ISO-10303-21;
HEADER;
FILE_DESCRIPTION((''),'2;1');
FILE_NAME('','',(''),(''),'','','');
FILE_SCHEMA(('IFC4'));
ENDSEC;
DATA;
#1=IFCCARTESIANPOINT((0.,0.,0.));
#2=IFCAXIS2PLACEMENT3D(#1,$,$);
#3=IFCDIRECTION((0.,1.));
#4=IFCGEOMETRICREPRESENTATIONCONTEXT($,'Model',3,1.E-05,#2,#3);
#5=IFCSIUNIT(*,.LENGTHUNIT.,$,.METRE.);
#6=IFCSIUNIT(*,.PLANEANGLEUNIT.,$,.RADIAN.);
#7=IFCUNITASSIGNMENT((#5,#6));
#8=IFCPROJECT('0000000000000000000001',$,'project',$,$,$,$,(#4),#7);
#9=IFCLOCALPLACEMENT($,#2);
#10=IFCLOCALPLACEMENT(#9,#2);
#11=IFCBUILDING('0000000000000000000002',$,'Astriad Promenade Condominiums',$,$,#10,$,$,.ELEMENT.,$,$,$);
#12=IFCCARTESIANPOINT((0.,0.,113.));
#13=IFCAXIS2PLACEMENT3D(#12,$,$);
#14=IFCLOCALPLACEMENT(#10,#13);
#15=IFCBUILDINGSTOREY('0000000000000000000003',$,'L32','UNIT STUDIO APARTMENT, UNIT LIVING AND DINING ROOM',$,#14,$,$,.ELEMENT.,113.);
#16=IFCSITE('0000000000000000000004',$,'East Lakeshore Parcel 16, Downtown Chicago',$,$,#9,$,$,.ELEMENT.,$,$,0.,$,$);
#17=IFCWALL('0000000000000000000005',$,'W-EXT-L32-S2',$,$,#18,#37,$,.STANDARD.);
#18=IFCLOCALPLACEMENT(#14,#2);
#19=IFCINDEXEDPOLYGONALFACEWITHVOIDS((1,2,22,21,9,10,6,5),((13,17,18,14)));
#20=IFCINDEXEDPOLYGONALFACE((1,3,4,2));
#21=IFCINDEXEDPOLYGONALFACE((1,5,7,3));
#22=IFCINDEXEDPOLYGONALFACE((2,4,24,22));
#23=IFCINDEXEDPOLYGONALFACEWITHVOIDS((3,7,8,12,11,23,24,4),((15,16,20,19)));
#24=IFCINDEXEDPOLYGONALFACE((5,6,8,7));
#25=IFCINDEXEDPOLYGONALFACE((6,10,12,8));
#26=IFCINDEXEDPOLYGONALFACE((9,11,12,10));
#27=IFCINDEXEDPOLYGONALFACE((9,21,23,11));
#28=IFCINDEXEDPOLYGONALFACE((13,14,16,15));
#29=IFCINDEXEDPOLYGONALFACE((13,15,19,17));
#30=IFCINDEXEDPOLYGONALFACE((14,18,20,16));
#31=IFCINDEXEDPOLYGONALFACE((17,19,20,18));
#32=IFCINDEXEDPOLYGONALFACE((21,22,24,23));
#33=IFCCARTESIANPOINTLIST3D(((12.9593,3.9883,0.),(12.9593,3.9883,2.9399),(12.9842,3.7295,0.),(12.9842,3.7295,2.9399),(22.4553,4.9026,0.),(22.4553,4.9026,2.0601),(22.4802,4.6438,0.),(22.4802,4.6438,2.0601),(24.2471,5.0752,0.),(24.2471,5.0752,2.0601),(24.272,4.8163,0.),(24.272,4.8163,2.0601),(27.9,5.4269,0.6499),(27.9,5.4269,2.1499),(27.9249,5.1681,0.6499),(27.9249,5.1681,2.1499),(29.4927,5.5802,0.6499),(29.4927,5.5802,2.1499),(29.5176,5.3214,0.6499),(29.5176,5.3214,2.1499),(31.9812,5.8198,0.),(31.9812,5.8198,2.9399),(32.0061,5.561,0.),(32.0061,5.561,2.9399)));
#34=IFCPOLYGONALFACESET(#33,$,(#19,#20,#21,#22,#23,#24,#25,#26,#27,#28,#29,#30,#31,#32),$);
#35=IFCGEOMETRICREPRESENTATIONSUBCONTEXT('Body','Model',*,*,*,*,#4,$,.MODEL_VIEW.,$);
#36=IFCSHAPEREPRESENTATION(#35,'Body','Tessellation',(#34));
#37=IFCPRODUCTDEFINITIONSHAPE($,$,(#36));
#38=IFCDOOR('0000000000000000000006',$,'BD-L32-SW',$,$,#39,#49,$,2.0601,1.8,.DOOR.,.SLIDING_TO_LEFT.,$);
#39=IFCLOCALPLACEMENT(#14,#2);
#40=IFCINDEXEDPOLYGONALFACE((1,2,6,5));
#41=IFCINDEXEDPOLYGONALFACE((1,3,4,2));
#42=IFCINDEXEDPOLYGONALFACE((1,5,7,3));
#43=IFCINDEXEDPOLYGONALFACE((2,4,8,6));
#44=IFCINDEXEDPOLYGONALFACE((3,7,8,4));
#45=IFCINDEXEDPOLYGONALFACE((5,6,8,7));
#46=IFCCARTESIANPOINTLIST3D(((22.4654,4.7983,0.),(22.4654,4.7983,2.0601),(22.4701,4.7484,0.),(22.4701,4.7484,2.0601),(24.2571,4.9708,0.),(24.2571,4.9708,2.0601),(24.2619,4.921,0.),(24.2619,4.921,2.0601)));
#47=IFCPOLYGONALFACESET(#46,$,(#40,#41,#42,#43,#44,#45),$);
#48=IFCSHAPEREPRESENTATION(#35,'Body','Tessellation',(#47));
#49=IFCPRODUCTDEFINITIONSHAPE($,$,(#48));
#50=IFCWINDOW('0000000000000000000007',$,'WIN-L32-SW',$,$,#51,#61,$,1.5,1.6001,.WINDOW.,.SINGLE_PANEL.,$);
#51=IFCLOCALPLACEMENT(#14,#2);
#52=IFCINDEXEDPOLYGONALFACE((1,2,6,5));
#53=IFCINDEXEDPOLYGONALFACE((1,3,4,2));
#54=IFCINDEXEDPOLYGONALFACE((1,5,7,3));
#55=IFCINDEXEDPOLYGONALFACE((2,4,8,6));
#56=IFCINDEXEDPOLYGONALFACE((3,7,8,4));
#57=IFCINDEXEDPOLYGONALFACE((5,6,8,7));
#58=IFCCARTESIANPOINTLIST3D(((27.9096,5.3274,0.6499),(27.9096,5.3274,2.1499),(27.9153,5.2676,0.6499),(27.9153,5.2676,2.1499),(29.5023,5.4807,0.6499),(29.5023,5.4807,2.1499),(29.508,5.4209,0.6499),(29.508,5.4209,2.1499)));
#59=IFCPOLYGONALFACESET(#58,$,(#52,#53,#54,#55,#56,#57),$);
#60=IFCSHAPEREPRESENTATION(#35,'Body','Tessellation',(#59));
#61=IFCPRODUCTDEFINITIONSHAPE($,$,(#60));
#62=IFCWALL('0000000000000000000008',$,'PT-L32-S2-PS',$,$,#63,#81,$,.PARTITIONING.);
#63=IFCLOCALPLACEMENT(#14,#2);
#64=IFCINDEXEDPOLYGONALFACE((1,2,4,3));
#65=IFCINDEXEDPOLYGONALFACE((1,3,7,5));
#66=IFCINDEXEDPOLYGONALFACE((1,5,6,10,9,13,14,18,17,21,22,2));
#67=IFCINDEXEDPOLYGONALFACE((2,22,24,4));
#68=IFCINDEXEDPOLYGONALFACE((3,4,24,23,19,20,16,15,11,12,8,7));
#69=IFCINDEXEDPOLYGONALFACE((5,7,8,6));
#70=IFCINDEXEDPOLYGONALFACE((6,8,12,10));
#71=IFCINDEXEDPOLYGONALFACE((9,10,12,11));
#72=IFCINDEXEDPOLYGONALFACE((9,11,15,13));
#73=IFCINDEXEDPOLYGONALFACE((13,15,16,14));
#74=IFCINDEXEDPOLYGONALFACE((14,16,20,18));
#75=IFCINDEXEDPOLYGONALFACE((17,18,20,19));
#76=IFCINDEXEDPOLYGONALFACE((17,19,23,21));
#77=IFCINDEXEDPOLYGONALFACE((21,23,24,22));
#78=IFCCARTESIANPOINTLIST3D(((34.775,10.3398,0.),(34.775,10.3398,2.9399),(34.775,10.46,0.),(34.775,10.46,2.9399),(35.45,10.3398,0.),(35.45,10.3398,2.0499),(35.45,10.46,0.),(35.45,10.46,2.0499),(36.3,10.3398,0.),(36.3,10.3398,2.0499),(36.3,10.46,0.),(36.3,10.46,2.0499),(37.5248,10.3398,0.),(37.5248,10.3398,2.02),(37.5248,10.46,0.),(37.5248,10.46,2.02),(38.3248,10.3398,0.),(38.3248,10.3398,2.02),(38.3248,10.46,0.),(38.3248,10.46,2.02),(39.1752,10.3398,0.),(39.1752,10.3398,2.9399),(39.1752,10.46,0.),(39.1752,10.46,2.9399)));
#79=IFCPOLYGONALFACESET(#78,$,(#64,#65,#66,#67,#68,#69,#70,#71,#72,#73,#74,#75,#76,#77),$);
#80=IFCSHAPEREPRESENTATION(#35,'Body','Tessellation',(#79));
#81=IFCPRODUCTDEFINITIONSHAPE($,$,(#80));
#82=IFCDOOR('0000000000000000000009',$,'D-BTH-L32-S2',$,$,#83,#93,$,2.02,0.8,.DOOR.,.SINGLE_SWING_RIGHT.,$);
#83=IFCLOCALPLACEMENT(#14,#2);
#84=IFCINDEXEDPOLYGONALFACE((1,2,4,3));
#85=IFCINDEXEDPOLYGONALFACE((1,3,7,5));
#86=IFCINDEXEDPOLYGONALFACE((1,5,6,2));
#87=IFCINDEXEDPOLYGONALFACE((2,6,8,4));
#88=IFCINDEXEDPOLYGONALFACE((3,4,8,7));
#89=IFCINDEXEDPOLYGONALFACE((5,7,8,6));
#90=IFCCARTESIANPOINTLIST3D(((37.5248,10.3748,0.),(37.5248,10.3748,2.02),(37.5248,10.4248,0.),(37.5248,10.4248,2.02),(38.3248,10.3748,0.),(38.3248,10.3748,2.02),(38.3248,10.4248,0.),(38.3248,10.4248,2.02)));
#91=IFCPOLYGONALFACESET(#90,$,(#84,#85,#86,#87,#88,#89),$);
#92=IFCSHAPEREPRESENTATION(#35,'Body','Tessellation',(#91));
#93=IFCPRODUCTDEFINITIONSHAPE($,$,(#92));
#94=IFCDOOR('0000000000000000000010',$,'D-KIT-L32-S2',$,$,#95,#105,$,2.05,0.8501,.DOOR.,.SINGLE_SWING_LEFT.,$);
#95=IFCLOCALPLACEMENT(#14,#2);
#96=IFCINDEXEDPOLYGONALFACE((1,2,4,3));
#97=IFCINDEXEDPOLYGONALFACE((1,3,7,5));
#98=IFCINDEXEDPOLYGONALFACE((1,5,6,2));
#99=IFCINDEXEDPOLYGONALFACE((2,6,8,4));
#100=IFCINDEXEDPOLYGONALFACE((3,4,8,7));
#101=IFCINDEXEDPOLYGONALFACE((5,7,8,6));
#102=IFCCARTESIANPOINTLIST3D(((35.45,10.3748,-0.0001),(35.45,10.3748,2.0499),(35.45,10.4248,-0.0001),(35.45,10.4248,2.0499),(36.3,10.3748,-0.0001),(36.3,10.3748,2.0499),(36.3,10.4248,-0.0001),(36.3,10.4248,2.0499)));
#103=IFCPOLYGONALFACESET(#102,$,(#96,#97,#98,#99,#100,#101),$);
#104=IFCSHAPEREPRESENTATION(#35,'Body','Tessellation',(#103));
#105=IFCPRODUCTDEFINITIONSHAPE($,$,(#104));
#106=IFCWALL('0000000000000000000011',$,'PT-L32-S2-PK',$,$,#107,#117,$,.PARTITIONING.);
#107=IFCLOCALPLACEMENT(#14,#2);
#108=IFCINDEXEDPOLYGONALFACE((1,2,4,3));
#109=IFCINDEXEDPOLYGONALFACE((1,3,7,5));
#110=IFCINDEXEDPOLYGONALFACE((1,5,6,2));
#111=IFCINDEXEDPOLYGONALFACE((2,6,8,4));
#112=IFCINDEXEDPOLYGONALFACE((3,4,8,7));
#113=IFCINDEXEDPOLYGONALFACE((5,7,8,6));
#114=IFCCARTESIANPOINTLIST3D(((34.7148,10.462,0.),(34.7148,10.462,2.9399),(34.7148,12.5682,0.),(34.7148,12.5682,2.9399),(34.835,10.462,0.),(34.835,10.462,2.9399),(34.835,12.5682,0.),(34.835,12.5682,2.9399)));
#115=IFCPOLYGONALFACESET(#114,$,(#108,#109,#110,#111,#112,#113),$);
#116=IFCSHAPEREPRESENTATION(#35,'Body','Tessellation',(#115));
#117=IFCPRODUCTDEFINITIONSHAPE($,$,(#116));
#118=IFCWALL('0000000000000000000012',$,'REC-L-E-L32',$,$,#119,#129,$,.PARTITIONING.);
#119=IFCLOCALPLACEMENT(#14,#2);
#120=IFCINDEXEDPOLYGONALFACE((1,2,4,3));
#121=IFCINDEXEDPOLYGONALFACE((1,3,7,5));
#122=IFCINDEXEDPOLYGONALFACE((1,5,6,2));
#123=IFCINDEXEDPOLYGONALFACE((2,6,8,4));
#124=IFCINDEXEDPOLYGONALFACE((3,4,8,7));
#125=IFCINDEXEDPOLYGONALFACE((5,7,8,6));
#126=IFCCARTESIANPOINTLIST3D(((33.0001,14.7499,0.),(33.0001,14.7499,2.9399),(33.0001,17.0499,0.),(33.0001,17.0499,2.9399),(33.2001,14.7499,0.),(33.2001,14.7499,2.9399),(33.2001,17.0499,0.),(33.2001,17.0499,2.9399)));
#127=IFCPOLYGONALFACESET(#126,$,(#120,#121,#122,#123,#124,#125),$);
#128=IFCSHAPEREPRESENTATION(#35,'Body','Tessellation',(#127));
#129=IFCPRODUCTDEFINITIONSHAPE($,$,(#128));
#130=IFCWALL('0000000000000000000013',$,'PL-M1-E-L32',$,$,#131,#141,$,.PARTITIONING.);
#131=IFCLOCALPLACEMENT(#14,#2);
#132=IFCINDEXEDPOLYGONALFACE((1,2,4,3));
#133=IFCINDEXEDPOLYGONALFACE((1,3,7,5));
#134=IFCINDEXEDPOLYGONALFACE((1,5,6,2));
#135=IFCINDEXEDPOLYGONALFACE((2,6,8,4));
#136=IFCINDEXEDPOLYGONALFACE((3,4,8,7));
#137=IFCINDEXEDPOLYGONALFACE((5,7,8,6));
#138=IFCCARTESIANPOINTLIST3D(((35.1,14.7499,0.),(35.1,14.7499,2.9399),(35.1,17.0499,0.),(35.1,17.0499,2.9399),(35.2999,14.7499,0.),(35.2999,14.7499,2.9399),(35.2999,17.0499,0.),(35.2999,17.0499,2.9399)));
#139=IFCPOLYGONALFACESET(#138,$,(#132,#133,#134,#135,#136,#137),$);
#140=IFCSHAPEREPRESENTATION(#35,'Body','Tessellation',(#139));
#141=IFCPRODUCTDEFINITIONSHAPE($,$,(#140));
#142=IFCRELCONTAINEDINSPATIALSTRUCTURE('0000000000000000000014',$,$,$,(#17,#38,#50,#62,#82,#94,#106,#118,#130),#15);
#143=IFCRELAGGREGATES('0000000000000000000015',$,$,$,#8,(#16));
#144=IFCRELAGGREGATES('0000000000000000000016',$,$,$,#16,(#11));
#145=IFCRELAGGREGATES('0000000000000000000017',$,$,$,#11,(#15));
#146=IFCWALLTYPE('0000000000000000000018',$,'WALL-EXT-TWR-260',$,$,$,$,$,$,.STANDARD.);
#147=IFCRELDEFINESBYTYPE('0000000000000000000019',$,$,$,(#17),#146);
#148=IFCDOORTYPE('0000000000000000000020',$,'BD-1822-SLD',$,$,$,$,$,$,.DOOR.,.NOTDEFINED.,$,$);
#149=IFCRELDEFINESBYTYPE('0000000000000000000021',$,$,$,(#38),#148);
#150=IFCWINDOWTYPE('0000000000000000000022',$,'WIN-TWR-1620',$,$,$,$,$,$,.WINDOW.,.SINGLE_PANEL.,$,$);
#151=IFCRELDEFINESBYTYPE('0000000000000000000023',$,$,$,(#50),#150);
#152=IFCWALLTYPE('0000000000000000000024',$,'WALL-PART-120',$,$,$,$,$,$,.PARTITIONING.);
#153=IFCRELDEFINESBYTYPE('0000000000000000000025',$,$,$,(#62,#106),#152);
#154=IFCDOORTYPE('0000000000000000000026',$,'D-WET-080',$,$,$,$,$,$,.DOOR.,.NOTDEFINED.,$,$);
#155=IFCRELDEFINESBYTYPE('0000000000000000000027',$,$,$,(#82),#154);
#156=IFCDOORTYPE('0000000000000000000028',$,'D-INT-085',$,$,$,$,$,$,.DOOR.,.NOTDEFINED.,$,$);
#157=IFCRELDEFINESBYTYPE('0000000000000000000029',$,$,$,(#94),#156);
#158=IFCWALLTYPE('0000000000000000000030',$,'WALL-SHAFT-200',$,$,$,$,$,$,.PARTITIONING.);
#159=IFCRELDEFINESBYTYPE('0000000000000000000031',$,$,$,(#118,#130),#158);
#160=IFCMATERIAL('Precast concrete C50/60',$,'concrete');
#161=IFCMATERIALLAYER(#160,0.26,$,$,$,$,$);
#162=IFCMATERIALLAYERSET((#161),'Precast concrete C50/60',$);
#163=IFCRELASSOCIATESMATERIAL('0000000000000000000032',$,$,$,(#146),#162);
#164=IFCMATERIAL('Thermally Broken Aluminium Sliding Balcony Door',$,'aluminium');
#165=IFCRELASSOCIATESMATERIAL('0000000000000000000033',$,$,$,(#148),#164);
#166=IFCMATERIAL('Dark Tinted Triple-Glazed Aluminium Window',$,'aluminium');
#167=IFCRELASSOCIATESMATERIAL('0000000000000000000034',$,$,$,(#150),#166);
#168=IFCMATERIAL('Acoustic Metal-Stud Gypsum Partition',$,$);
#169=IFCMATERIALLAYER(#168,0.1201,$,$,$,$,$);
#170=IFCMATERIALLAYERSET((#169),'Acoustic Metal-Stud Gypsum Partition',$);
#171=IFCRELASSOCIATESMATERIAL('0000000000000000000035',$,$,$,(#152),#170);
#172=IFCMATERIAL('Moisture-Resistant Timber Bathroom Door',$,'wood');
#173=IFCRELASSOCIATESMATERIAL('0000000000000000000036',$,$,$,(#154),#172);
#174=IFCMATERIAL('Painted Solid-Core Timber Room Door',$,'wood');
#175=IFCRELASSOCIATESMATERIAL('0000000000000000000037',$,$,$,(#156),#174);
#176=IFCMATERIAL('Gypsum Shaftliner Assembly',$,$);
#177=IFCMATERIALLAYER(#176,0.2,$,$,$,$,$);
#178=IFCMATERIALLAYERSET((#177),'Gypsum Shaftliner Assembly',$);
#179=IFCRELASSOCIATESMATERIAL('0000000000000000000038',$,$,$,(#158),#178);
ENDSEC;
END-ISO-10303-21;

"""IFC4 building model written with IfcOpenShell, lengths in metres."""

from ifc_helpers import new_model, si_unit, direction, frame, frame_2d, origin, place, context, subcontext, project, spatial, rectangle, extrude, source, transform, mapped, material, layer, layer_set, type_object, type_shapes, element, fill, save


model = new_model("IFC4")

# Units and contexts
model_context = context("Model", 3, precision=1e-05, world=origin(), true_north=direction((0.0, 1.0)))
body_context = subcontext(model_context, "Body", "Model", "MODEL_VIEW")
ifc_project = project(units=[si_unit("LENGTHUNIT", "METRE"), si_unit("PLANEANGLEUNIT", "RADIAN")], contexts=[model_context])

# Site, building, storey
site_placement = place(None, origin())
site = spatial("IfcSite", under=ifc_project, at=site_placement, Name="East Lakeshore Parcel 16, Downtown Chicago", CompositionType="ELEMENT", RefElevation=0.0)
building_placement = place(site_placement, origin())
building = spatial("IfcBuilding", under=site, at=building_placement, Name="Astriad Promenade Condominiums", CompositionType="ELEMENT")
storey_placement = place(building_placement, frame((0.0, 0.0, 113.0)))
storey = spatial("IfcBuildingStorey", under=building, at=storey_placement, Name="L32", Description="UNIT STUDIO APARTMENT, UNIT LIVING AND DINING ROOM", CompositionType="ELEMENT", Elevation=113.0)

# Wall, openings, door, window
ifc_material_1 = material(Name="Precast concrete C50/60", Category="concrete")
ifc_layer_1 = layer(ifc_material_1, 0.26)
ifc_layer_set_1 = layer_set([ifc_layer_1], Name="Precast concrete C50/60")
wall_type_1 = type_object("IfcWallType", Name="WALL-EXT-TWR-260", PredefinedType="STANDARD", material=ifc_layer_set_1)
wall_1_placement = place(storey_placement, frame((31.9937, 5.6904, 0.0), z_axis=(0.0, 0.0, 1.0), x_axis=(-0.995397, -0.095842, 0.0)))
wall_1 = element("IfcWall", 1, at=wall_1_placement, inside=storey, type_object=wall_type_1, Name="W-EXT-L32-S2", PredefinedType="STANDARD", context=body_context, shape_type="SweptSolid", body=[
    extrude(rectangle(XDim=19.1099, YDim=0.26, at=frame_2d((9.5549, 0.0))), origin(), (0.0, 0.0, 1.0), 2.9399),
])
opening_1_placement = place(wall_1_placement, frame((7.77, 0.0, 0.0)))
opening_1 = element("IfcOpeningElement", 2, at=opening_1_placement, cuts=wall_1, PredefinedType="OPENING", context=body_context, shape_type="SweptSolid", body=[
    extrude(rectangle(XDim=1.8, YDim=2.0601, at=frame_2d((0.8999, 1.03))), frame((0.0, 0.1399, 0.0), z_axis=(0.0, -1.0, 0.0), x_axis=(1.0, 0.0, 0.0)), (0.0, 0.0, 1.0), 0.28),
])
opening_2_placement = place(wall_1_placement, frame((2.5, 0.0, 0.6499)))
opening_2 = element("IfcOpeningElement", 3, at=opening_2_placement, cuts=wall_1, PredefinedType="OPENING", context=body_context, shape_type="SweptSolid", body=[
    extrude(rectangle(XDim=1.6001, YDim=1.5, at=frame_2d((0.8, 0.75))), frame((0.0, 0.1399, 0.0), z_axis=(0.0, -1.0, 0.0), x_axis=(1.0, 0.0, 0.0)), (0.0, 0.0, 1.0), 0.28),
])
ifc_material_2 = material(Name="Thermally Broken Aluminium Sliding Balcony Door", Category="aluminium")
door_type_1 = type_object("IfcDoorType", Name="BD-1822-SLD", OperationType="NOTDEFINED", PredefinedType="DOOR", material=ifc_material_2)
shared_shape_1 = source(origin(), body_context, "Body", "SweptSolid", [
    extrude(rectangle(XDim=1.8, YDim=2.0601, at=frame_2d((0.8999, 1.03))), frame((0.0, 0.0249, 0.0), z_axis=(0.0, -1.0, 0.0), x_axis=(1.0, 0.0, 0.0)), (0.0, 0.0, 1.0), 0.05),
])
type_shapes(door_type_1, [shared_shape_1])
door_1_placement = place(opening_1_placement, origin())
door_1 = element("IfcDoor", 4, at=door_1_placement, inside=storey, type_object=door_type_1, Name="BD-L32-SW", OperationType="SLIDING_TO_LEFT", OverallHeight=2.0601, OverallWidth=1.8, PredefinedType="DOOR", context=body_context, shape_type="MappedRepresentation", body=[
    mapped(shared_shape_1, transform((0.0, 0.0, 0.0), scale=1.0)),
])
fill(opening_1, door_1)
ifc_material_3 = material(Name="Dark Tinted Triple-Glazed Aluminium Window", Category="aluminium")
window_type = type_object("IfcWindowType", Name="WIN-TWR-1620", PartitioningType="SINGLE_PANEL", PredefinedType="WINDOW", material=ifc_material_3)
shared_shape_2 = source(origin(), body_context, "Body", "SweptSolid", [
    extrude(rectangle(XDim=1.6001, YDim=1.5, at=frame_2d((0.8, 0.75))), frame((0.0, 0.03, 0.0), z_axis=(0.0, -1.0, 0.0), x_axis=(1.0, 0.0, 0.0)), (0.0, 0.0, 1.0), 0.0601),
])
type_shapes(window_type, [shared_shape_2])
window_placement = place(opening_2_placement, origin())
window = element("IfcWindow", 5, at=window_placement, inside=storey, type_object=window_type, Name="WIN-L32-SW", OverallHeight=1.5, OverallWidth=1.6001, PartitioningType="SINGLE_PANEL", PredefinedType="WINDOW", context=body_context, shape_type="MappedRepresentation", body=[
    mapped(shared_shape_2, transform((0.0, 0.0, 0.0), scale=1.0)),
])
fill(opening_2, window)

# Wall, openings, doors
ifc_material_4 = material(Name="Acoustic Metal-Stud Gypsum Partition")
ifc_layer_2 = layer(ifc_material_4, 0.1201)
ifc_layer_set_2 = layer_set([ifc_layer_2], Name="Acoustic Metal-Stud Gypsum Partition")
wall_type_2 = type_object("IfcWallType", Name="WALL-PART-120", PredefinedType="PARTITIONING", material=ifc_layer_set_2)
wall_2_placement = place(storey_placement, frame((34.7749, 10.3999, 0.0), z_axis=(0.0, 0.0, 1.0), x_axis=(1.0, 0.0, 0.0)))
wall_2 = element("IfcWall", 6, at=wall_2_placement, inside=storey, type_object=wall_type_2, Name="PT-L32-S2-PS", PredefinedType="PARTITIONING", context=body_context, shape_type="SweptSolid", body=[
    extrude(rectangle(XDim=4.4001, YDim=0.1201, at=frame_2d((2.2002, 0.0))), origin(), (0.0, 0.0, 1.0), 2.9399),
])
opening_3_placement = place(wall_2_placement, frame((0.675, 0.0, 0.0)))
opening_3 = element("IfcOpeningElement", 7, at=opening_3_placement, cuts=wall_2, PredefinedType="OPENING", context=body_context, shape_type="SweptSolid", body=[
    extrude(rectangle(XDim=0.8501, YDim=2.05, at=frame_2d((0.425, 1.0249))), frame((0.0, 0.0701, 0.0), z_axis=(0.0, -1.0, 0.0), x_axis=(1.0, 0.0, 0.0)), (0.0, 0.0, 1.0), 0.1401),
])
opening_4_placement = place(wall_2_placement, frame((2.75, 0.0, 0.0)))
opening_4 = element("IfcOpeningElement", 8, at=opening_4_placement, cuts=wall_2, PredefinedType="OPENING", context=body_context, shape_type="SweptSolid", body=[
    extrude(rectangle(XDim=0.8, YDim=2.02, at=frame_2d((0.3999, 1.01))), frame((0.0, 0.0701, 0.0), z_axis=(0.0, -1.0, 0.0), x_axis=(1.0, 0.0, 0.0)), (0.0, 0.0, 1.0), 0.1401),
])
ifc_material_5 = material(Name="Moisture-Resistant Timber Bathroom Door", Category="wood")
door_type_2 = type_object("IfcDoorType", Name="D-WET-080", OperationType="NOTDEFINED", PredefinedType="DOOR", material=ifc_material_5)
shared_shape_3 = source(origin(), body_context, "Body", "SweptSolid", [
    extrude(rectangle(XDim=0.8, YDim=2.02, at=frame_2d((0.3999, 1.01))), frame((0.0, 0.0249, 0.0), z_axis=(0.0, -1.0, 0.0), x_axis=(1.0, 0.0, 0.0)), (0.0, 0.0, 1.0), 0.05),
])
type_shapes(door_type_2, [shared_shape_3])
door_2_placement = place(opening_4_placement, origin())
door_2 = element("IfcDoor", 9, at=door_2_placement, inside=storey, type_object=door_type_2, Name="D-BTH-L32-S2", OperationType="SINGLE_SWING_RIGHT", OverallHeight=2.02, OverallWidth=0.8, PredefinedType="DOOR", context=body_context, shape_type="MappedRepresentation", body=[
    mapped(shared_shape_3, transform((0.0, 0.0, 0.0), scale=1.0)),
])
fill(opening_4, door_2)
ifc_material_6 = material(Name="Painted Solid-Core Timber Room Door", Category="wood")
door_type_3 = type_object("IfcDoorType", Name="D-INT-085", OperationType="NOTDEFINED", PredefinedType="DOOR", material=ifc_material_6)
shared_shape_4 = source(origin(), body_context, "Body", "SweptSolid", [
    extrude(rectangle(XDim=0.8501, YDim=2.05, at=frame_2d((0.425, 1.0249))), frame((0.0, 0.0249, 0.0), z_axis=(0.0, -1.0, 0.0), x_axis=(1.0, 0.0, 0.0)), (0.0, 0.0, 1.0), 0.05),
])
type_shapes(door_type_3, [shared_shape_4])
door_3_placement = place(opening_3_placement, origin())
door_3 = element("IfcDoor", 10, at=door_3_placement, inside=storey, type_object=door_type_3, Name="D-KIT-L32-S2", OperationType="SINGLE_SWING_LEFT", OverallHeight=2.05, OverallWidth=0.8501, PredefinedType="DOOR", context=body_context, shape_type="MappedRepresentation", body=[
    mapped(shared_shape_4, transform((0.0, 0.0, 0.0), scale=1.0)),
])
fill(opening_3, door_3)

# Walls
wall_3_placement = place(storey_placement, frame((34.7749, 10.4619, 0.0), z_axis=(0.0, 0.0, 1.0), x_axis=(0.0, 1.0, 0.0)))
element("IfcWall", 11, at=wall_3_placement, inside=storey, type_object=wall_type_2, Name="PT-L32-S2-PK", PredefinedType="PARTITIONING", context=body_context, shape_type="SweptSolid", body=[
    extrude(rectangle(XDim=2.1062, YDim=0.1201, at=frame_2d((1.0532, 0.0))), origin(), (0.0, 0.0, 1.0), 2.9399),
])
ifc_material_7 = material(Name="Gypsum Shaftliner Assembly")
ifc_layer_3 = layer(ifc_material_7, 0.2)
ifc_layer_set_3 = layer_set([ifc_layer_3], Name="Gypsum Shaftliner Assembly")
wall_type_3 = type_object("IfcWallType", Name="WALL-SHAFT-200", PredefinedType="PARTITIONING", material=ifc_layer_set_3)
for number, where, z_axis, x_axis, name in (
    (12, (33.1001, 14.75, 0.0), (0.0, 0.0, 1.0), (0.0, 1.0, 0.0), "REC-L-E-L32"),
    (13, (35.2, 14.75, 0.0), (0.0, 0.0, 1.0), (0.0, 1.0, 0.0), "PL-M1-E-L32"),
):
    element("IfcWall", number, at=place(storey_placement, frame(where, z_axis=z_axis, x_axis=x_axis)), inside=storey, type_object=wall_type_3, Name=name, PredefinedType="PARTITIONING", context=body_context, shape_type="SweptSolid", body=[
        extrude(rectangle(XDim=2.3, YDim=0.2, at=frame_2d((1.1499, 0.0))), origin(), (0.0, 0.0, 1.0), 2.9399),
    ])

save(model, "model.ifc")
